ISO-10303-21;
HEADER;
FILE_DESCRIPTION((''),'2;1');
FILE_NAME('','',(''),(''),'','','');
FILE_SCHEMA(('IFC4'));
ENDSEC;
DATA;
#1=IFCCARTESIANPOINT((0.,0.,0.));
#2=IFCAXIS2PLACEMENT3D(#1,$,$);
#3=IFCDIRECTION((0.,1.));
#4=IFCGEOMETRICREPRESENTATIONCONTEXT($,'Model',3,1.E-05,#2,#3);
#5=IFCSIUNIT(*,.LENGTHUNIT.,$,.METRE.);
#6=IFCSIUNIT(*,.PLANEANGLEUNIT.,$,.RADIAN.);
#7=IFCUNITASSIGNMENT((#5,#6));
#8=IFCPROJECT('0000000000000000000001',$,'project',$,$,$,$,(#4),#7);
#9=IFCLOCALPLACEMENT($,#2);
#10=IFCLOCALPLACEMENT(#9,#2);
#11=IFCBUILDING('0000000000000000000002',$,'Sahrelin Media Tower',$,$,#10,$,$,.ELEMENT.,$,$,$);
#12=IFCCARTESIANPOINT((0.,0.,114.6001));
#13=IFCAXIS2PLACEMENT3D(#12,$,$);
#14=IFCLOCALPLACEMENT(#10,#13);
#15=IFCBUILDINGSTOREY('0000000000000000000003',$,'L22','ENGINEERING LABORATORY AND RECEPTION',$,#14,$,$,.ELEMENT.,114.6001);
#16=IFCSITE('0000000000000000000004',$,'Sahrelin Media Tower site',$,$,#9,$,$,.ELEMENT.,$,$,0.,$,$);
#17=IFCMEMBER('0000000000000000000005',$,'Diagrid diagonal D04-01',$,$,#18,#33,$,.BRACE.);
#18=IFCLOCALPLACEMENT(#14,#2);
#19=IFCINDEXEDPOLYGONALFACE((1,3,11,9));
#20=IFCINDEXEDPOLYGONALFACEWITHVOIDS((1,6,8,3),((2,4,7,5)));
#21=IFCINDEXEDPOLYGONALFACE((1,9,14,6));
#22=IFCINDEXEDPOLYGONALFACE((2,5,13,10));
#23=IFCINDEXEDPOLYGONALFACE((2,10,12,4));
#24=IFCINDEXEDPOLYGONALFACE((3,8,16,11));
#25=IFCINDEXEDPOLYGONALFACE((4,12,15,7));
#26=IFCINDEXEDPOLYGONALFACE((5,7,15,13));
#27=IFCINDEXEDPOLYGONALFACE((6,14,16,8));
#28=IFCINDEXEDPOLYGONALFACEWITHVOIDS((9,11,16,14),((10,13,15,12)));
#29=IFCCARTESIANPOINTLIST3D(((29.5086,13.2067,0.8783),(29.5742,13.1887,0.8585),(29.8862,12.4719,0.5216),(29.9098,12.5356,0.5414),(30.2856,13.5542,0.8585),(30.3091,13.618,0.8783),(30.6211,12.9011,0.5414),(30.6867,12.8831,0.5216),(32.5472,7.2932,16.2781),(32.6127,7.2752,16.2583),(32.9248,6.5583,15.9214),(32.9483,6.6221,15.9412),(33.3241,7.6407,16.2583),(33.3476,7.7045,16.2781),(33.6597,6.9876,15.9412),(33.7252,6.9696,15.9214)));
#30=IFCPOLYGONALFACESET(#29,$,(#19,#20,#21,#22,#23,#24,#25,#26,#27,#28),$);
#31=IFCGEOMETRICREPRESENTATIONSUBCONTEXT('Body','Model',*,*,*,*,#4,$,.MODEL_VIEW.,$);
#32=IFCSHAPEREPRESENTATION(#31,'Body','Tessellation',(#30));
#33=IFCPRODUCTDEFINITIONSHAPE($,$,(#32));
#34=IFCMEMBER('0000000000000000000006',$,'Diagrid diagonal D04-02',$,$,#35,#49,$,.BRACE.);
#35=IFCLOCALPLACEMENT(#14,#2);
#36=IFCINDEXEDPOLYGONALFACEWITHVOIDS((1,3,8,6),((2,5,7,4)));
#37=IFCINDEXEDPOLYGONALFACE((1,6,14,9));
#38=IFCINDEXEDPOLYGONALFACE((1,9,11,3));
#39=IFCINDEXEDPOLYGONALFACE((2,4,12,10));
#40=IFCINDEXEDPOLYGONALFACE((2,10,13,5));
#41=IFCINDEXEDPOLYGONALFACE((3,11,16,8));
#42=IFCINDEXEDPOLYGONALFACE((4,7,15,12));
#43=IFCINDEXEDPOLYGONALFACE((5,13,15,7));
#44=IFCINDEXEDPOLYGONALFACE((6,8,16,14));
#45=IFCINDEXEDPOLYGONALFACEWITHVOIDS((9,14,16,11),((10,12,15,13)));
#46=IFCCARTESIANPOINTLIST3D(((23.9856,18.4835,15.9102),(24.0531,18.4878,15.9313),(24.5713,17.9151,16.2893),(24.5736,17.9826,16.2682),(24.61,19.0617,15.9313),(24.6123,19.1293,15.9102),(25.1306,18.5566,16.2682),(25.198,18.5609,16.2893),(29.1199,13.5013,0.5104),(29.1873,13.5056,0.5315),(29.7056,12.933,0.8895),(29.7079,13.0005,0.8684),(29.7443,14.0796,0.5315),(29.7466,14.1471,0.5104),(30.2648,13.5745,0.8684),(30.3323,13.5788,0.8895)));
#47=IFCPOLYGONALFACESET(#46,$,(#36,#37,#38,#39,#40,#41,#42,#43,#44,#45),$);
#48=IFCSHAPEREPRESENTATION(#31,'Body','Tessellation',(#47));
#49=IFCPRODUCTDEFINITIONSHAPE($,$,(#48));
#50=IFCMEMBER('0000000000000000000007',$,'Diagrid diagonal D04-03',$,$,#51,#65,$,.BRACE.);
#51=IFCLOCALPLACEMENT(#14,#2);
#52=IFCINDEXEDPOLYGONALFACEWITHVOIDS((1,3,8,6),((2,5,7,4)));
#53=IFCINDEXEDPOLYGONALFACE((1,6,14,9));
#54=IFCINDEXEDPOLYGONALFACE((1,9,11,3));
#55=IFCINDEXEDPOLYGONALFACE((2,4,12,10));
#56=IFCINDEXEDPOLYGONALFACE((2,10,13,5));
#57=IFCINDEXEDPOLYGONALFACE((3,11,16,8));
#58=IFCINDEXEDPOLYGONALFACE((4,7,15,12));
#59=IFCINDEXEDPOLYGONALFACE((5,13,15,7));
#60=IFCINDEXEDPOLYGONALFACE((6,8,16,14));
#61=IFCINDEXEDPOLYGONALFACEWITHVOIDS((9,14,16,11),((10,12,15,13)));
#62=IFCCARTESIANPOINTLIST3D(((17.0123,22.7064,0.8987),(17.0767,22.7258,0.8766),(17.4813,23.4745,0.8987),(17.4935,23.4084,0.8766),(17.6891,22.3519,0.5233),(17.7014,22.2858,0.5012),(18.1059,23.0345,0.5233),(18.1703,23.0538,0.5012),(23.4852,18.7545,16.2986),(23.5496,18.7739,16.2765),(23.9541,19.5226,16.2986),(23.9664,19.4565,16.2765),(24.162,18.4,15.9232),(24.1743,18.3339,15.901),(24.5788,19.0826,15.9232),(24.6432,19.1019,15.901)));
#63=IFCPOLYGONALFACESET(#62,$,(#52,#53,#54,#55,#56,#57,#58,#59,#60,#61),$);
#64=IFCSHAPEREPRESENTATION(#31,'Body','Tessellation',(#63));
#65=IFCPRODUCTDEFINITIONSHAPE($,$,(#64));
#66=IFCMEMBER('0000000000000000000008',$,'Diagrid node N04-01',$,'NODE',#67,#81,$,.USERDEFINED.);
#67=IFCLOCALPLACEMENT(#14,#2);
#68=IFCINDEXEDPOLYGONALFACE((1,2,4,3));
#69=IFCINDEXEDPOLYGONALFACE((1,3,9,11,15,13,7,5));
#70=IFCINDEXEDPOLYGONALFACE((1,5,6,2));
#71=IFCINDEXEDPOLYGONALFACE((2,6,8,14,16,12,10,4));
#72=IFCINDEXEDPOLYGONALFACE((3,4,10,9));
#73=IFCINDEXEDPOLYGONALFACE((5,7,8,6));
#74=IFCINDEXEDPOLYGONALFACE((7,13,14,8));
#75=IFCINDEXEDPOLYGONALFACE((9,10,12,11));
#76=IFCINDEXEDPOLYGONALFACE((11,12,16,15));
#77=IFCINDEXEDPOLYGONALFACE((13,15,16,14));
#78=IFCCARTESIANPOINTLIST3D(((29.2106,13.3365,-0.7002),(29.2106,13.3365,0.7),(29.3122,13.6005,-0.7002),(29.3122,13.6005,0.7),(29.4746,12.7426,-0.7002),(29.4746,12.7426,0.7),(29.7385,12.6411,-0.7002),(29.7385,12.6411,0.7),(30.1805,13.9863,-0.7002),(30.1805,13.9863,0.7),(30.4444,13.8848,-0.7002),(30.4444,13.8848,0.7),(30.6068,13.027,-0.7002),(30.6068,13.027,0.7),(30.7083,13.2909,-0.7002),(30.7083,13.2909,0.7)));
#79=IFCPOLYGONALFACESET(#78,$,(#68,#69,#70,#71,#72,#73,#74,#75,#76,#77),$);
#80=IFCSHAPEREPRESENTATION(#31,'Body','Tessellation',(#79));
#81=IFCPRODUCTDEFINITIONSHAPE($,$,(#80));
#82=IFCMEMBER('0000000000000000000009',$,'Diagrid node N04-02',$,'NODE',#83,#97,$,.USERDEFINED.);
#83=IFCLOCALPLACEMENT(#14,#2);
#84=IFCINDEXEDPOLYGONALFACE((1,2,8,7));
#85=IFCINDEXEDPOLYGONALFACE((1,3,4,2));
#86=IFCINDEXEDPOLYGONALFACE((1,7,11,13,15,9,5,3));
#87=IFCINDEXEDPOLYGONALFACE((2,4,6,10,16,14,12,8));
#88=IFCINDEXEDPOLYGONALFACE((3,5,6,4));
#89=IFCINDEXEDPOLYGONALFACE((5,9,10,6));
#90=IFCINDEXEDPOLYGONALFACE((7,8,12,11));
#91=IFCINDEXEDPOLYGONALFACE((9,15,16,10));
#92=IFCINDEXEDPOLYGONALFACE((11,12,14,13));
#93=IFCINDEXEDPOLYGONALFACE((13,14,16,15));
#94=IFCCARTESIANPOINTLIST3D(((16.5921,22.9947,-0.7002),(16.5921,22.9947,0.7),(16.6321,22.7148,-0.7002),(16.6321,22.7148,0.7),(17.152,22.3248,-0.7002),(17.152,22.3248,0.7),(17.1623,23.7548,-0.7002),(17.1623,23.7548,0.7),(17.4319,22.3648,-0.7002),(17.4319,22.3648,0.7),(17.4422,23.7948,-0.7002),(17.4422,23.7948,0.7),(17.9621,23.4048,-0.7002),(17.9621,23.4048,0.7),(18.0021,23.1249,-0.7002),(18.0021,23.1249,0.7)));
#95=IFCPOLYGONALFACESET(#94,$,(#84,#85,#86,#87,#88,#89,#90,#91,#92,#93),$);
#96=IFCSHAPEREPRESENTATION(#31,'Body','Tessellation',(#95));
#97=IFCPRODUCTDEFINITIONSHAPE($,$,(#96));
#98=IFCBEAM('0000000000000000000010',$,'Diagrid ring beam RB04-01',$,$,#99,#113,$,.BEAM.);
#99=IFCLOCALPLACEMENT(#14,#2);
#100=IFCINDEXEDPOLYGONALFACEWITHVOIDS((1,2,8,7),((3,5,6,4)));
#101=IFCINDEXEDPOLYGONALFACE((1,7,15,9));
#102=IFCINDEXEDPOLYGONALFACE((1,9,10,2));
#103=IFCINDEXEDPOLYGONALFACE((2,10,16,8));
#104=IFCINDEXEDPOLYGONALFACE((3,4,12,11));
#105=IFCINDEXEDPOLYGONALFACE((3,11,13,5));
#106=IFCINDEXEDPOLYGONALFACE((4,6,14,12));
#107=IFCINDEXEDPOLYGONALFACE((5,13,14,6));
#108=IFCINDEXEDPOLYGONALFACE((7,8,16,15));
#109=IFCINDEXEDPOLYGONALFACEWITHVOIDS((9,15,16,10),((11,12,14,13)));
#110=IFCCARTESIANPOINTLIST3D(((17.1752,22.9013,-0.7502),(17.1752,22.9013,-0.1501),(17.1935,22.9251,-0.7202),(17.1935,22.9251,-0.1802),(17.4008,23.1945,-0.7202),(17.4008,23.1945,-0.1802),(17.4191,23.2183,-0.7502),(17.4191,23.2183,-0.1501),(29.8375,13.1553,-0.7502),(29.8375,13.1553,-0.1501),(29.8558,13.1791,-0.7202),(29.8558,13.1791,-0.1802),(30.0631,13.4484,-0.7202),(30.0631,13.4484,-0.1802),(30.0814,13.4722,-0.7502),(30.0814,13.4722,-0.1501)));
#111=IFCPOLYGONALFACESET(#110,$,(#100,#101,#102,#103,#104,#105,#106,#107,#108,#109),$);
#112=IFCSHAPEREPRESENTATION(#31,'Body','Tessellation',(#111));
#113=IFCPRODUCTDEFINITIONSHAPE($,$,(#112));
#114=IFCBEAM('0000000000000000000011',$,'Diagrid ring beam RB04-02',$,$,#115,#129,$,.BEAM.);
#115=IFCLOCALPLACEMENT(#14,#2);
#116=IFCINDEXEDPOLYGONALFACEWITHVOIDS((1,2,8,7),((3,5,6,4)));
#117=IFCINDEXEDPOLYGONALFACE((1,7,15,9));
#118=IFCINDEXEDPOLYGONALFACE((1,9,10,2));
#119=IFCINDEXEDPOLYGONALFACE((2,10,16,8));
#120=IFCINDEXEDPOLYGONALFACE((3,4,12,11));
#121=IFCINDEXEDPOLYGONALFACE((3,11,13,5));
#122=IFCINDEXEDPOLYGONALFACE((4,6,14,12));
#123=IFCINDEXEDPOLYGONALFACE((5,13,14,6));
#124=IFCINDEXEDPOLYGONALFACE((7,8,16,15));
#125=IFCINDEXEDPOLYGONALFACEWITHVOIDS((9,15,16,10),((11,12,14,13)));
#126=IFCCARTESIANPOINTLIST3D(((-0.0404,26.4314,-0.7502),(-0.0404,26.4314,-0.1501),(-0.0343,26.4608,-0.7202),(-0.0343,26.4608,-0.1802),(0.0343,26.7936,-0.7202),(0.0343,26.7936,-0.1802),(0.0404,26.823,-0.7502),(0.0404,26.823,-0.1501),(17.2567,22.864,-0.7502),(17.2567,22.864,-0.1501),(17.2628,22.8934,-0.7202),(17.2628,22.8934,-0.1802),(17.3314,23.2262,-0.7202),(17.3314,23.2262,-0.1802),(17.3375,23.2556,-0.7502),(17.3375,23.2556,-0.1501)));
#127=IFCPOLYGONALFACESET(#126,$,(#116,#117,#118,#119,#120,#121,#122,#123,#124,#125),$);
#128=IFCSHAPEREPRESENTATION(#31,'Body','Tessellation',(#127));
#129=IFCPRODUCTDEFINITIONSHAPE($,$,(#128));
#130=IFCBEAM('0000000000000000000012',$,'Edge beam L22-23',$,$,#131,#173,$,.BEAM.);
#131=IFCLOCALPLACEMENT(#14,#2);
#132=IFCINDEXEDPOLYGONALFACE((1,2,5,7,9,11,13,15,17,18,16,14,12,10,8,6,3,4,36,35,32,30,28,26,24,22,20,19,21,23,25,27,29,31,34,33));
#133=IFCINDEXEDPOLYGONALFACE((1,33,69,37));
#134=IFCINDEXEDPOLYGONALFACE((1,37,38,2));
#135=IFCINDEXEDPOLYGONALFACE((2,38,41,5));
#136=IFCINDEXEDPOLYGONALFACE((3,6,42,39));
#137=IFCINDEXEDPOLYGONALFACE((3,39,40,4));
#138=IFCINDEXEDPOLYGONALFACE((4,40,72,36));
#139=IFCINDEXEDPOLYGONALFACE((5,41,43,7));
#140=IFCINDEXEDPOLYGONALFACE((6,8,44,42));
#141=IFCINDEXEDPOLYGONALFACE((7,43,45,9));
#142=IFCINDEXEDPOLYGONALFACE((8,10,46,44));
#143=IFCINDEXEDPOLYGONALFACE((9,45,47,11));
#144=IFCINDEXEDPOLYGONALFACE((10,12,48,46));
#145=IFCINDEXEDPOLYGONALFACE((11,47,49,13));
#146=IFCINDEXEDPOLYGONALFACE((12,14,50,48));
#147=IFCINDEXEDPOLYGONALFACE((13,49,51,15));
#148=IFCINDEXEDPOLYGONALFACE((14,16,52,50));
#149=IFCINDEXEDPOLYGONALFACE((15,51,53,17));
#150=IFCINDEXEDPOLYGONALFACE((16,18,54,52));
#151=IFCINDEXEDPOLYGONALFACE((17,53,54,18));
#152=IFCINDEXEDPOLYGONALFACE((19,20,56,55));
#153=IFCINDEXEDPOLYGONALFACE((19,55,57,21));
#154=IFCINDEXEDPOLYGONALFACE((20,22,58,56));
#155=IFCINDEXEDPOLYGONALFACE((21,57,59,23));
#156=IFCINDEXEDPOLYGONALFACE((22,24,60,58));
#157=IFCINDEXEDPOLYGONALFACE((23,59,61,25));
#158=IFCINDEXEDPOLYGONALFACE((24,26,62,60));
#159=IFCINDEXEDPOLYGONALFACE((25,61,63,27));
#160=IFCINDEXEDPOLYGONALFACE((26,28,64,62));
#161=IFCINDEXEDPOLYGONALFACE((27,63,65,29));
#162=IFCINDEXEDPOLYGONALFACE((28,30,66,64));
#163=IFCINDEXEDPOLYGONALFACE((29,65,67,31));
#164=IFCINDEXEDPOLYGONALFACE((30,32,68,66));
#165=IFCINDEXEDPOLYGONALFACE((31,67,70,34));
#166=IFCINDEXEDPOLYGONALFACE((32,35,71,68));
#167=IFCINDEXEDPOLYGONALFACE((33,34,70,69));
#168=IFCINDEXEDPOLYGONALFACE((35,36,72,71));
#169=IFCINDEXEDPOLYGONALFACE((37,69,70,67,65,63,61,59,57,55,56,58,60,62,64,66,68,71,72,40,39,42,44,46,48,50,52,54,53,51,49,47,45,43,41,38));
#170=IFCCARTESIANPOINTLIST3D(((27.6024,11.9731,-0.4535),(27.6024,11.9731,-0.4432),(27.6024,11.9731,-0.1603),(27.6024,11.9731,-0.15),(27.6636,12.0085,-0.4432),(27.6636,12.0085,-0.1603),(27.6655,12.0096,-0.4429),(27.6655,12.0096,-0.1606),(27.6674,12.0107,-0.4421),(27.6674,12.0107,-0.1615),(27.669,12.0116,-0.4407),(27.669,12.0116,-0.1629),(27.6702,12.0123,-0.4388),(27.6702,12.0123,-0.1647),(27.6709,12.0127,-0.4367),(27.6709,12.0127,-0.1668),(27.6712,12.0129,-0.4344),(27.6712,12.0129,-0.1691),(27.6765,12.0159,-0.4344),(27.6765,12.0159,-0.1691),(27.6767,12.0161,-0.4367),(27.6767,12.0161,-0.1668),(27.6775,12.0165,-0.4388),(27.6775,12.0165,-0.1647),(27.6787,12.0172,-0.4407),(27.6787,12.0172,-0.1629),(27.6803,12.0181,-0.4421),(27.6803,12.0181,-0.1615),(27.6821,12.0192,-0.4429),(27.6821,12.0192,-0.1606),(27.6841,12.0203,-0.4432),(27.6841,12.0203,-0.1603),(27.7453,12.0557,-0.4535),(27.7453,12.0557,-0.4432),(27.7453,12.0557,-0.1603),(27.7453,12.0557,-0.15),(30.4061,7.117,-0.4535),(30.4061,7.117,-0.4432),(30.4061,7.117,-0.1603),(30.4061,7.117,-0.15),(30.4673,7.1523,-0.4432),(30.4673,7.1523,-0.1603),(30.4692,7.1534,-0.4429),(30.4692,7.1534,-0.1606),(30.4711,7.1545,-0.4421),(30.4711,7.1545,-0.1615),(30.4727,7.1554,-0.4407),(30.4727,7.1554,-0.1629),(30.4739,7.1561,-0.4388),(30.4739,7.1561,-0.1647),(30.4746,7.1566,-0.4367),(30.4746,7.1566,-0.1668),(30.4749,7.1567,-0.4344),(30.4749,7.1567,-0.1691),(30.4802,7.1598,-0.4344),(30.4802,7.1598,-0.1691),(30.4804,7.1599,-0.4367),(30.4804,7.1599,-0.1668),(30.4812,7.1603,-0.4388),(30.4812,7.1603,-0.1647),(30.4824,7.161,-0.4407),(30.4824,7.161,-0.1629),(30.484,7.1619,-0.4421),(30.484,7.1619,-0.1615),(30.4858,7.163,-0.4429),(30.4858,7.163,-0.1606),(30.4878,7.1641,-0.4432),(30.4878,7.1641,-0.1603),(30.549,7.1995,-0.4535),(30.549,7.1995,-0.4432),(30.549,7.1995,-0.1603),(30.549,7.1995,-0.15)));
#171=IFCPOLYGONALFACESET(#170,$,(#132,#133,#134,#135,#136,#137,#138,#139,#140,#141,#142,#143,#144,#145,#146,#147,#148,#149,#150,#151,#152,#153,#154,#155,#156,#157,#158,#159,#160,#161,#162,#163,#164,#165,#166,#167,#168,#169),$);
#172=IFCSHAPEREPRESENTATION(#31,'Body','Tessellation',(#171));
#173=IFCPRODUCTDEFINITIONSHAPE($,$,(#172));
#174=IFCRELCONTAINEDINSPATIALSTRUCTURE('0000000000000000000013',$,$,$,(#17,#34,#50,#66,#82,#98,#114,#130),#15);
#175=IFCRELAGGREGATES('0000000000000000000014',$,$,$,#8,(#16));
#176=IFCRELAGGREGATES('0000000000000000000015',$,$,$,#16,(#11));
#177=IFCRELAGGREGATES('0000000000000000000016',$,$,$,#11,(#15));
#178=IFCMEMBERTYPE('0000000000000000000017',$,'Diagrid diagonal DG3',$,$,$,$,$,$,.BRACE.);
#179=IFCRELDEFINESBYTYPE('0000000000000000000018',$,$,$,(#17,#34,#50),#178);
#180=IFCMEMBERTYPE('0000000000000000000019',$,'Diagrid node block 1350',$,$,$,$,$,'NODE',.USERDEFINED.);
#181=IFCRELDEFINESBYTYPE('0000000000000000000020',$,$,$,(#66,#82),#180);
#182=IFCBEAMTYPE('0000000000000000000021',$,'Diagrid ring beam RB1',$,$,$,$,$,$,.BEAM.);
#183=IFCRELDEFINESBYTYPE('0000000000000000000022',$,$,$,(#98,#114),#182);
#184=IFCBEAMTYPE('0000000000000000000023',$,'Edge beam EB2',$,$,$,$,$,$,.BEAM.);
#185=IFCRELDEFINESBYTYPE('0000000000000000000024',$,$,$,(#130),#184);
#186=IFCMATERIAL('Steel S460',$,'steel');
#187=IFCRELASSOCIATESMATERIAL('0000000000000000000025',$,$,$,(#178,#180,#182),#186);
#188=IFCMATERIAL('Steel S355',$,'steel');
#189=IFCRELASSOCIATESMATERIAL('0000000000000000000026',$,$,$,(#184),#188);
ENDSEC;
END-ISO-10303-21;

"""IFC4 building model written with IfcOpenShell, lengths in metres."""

from ifc_helpers import new_model, si_unit, direction, frame, origin, origin_2d, place, context, subcontext, project, spatial, polyline, hollow_rectangle, i_section, outline, extrude, material, material_profile, profile_set, type_object, element, save


model = new_model("IFC4")

# Units and contexts
model_context = context("Model", 3, precision=1e-05, world=origin(), true_north=direction((0.0, 1.0)))
body_context = subcontext(model_context, "Body", "Model", "MODEL_VIEW")
ifc_project = project(units=[si_unit("LENGTHUNIT", "METRE"), si_unit("PLANEANGLEUNIT", "RADIAN")], contexts=[model_context])

# Site, building, storey
site_placement = place(None, origin())
site = spatial("IfcSite", under=ifc_project, at=site_placement, Name="Sahrelin Media Tower site", CompositionType="ELEMENT", RefElevation=0.0)
building_placement = place(site_placement, origin())
building = spatial("IfcBuilding", under=site, at=building_placement, Name="Sahrelin Media Tower", CompositionType="ELEMENT")
storey_placement = place(building_placement, frame((0.0, 0.0, 114.6001)))
storey = spatial("IfcBuildingStorey", under=building, at=storey_placement, Name="L22", Description="ENGINEERING LABORATORY AND RECEPTION", CompositionType="ELEMENT", Elevation=114.6001)

# Members
ifc_material_1 = material(Name="Steel S460", Category="steel")
ifc_material_profile_1 = material_profile(ifc_material_1, hollow_rectangle(XDim=0.8999, YDim=0.8999, WallThickness=0.05, at=origin_2d()), Name="Diagrid diagonal DG3")
ifc_profile_set_1 = profile_set([ifc_material_profile_1], Name="Steel S460")
member_type_1 = type_object("IfcMemberType", Name="Diagrid diagonal DG3", PredefinedType="BRACE", material=ifc_profile_set_1)
member_1_placement = place(storey_placement, frame((30.0977, 13.0449, 0.7), z_axis=(0.18115, -0.352548, 0.918093), x_axis=(0.889452, 0.457028, 0.0)))
element("IfcMember", 1, at=member_1_placement, inside=storey, type_object=member_type_1, Name="Diagrid diagonal D04-01", PredefinedType="BRACE", context=body_context, shape_type="SweptSolid", body=[
    extrude(hollow_rectangle(XDim=0.8999, YDim=0.8999, WallThickness=0.05, at=origin_2d()), origin(), (0.0, 0.0, 1.0), 16.7737),
])
member_2_placement = place(storey_placement, frame((29.7261, 13.54, 0.7), z_axis=(-0.302362, 0.293405, 0.906913), x_axis=(-0.696397, -0.717657, 0.0)))
element("IfcMember", 2, at=member_2_placement, inside=storey, type_object=member_type_1, Name="Diagrid diagonal D04-02", PredefinedType="BRACE", context=body_context, shape_type="SweptSolid", body=[
    extrude(hollow_rectangle(XDim=0.8999, YDim=0.8999, WallThickness=0.05, at=origin_2d()), origin(), (0.0, 0.0, 1.0), 16.9805),
])
member_3_placement = place(storey_placement, frame((17.5913, 22.8801, 0.7), z_axis=(0.377076, -0.230216, 0.897114), x_axis=(0.521089, 0.853502, 0.0)))
element("IfcMember", 3, at=member_3_placement, inside=storey, type_object=member_type_1, Name="Diagrid diagonal D04-03", PredefinedType="BRACE", context=body_context, shape_type="SweptSolid", body=[
    extrude(hollow_rectangle(XDim=0.8999, YDim=0.8999, WallThickness=0.05, at=origin_2d()), origin(), (0.0, 0.0, 1.0), 17.166),
])
ifc_material_profile_2 = material_profile(ifc_material_1, outline(polyline([(0.4751, -0.5249), (0.675, -0.325), (0.675, 0.325), (0.4751, 0.5249), (-0.4751, 0.5249), (-0.675, 0.325), (-0.675, -0.325), (-0.4751, -0.5249), (0.4751, -0.5249)])), Name="Diagrid node block 1350")
ifc_profile_set_2 = profile_set([ifc_material_profile_2], Name="Steel S460")
member_type_2 = type_object("IfcMemberType", Name="Diagrid node block 1350", ElementType="NODE", PredefinedType="USERDEFINED", material=ifc_profile_set_2)
for number, where, z_axis, x_axis, name in (
    (4, (29.9595, 13.3137, -0.7002), (0.0, 0.0, 1.0), (0.913831, 0.406094, 0.0), "Diagrid node N04-01"),
    (5, (17.2971, 23.0598, -0.7002), (0.0, 0.0, 1.0), (0.60005, 0.799962, 0.0), "Diagrid node N04-02"),
):
    element("IfcMember", number, at=place(storey_placement, frame(where, z_axis=z_axis, x_axis=x_axis)), inside=storey, type_object=member_type_2, Name=name, ObjectType="NODE", PredefinedType="USERDEFINED", context=body_context, shape_type="SweptSolid", body=[
        extrude(outline(polyline([(0.4751, -0.5249), (0.675, -0.325), (0.675, 0.325), (0.4751, 0.5249), (-0.4751, 0.5249), (-0.675, 0.325), (-0.675, -0.325), (-0.4751, -0.5249), (0.4751, -0.5249)])), origin(), (0.0, 0.0, 1.0), 1.4001),
    ])

# Beams
ifc_material_profile_3 = material_profile(ifc_material_1, hollow_rectangle(XDim=0.3999, YDim=0.6001, WallThickness=0.03, at=origin_2d()), Name="Diagrid ring beam RB1")
ifc_profile_set_3 = profile_set([ifc_material_profile_3], Name="Steel S460")
beam_type_1 = type_object("IfcBeamType", Name="Diagrid ring beam RB1", PredefinedType="BEAM", material=ifc_profile_set_3)
beam_1_placement = place(storey_placement, frame((29.9595, 13.3137, -0.4502), z_axis=(-0.792448, 0.60994, 0.0), x_axis=(-0.60994, -0.792448, 0.0)))
element("IfcBeam", 6, at=beam_1_placement, inside=storey, type_object=beam_type_1, Name="Diagrid ring beam RB04-01", PredefinedType="BEAM", context=body_context, shape_type="SweptSolid", body=[
    extrude(hollow_rectangle(XDim=0.3999, YDim=0.6001, WallThickness=0.03, at=origin_2d()), origin(), (0.0, 0.0, 1.0), 15.9788),
])
beam_2_placement = place(storey_placement, frame((17.2971, 23.0598, -0.4502), z_axis=(-0.979388, 0.20199, 0.0), x_axis=(-0.20199, -0.979388, 0.0)))
element("IfcBeam", 7, at=beam_2_placement, inside=storey, type_object=beam_type_1, Name="Diagrid ring beam RB04-02", PredefinedType="BEAM", context=body_context, shape_type="SweptSolid", body=[
    extrude(hollow_rectangle(XDim=0.3999, YDim=0.6001, WallThickness=0.03, at=origin_2d()), origin(), (0.0, 0.0, 1.0), 17.6611),
])
ifc_material_2 = material(Name="Steel S355", Category="steel")
ifc_material_profile_4 = material_profile(ifc_material_2, i_section(OverallWidth=0.165, OverallDepth=0.3035, WebThickness=0.0061, FlangeThickness=0.0103, FilletRadius=0.0088, at=origin_2d()), Name="UB 305x165x40")
ifc_profile_set_4 = profile_set([ifc_material_profile_4], Name="Steel S355")
beam_type_2 = type_object("IfcBeamType", Name="Edge beam EB2", PredefinedType="BEAM", material=ifc_profile_set_4)
beam_3_placement = place(storey_placement, frame((27.6738, 12.0144, -0.3018), z_axis=(0.499998, -0.866027, 0.0), x_axis=(0.866027, 0.499998, 0.0)))
element("IfcBeam", 8, at=beam_3_placement, inside=storey, type_object=beam_type_2, Name="Edge beam L22-23", PredefinedType="BEAM", context=body_context, shape_type="SweptSolid", body=[
    extrude(i_section(OverallWidth=0.165, OverallDepth=0.3035, WebThickness=0.0061, FlangeThickness=0.0103, FilletRadius=0.0088, at=origin_2d()), origin(), (0.0, 0.0, 1.0), 5.6074),
])

save(model, "model.ifc")
